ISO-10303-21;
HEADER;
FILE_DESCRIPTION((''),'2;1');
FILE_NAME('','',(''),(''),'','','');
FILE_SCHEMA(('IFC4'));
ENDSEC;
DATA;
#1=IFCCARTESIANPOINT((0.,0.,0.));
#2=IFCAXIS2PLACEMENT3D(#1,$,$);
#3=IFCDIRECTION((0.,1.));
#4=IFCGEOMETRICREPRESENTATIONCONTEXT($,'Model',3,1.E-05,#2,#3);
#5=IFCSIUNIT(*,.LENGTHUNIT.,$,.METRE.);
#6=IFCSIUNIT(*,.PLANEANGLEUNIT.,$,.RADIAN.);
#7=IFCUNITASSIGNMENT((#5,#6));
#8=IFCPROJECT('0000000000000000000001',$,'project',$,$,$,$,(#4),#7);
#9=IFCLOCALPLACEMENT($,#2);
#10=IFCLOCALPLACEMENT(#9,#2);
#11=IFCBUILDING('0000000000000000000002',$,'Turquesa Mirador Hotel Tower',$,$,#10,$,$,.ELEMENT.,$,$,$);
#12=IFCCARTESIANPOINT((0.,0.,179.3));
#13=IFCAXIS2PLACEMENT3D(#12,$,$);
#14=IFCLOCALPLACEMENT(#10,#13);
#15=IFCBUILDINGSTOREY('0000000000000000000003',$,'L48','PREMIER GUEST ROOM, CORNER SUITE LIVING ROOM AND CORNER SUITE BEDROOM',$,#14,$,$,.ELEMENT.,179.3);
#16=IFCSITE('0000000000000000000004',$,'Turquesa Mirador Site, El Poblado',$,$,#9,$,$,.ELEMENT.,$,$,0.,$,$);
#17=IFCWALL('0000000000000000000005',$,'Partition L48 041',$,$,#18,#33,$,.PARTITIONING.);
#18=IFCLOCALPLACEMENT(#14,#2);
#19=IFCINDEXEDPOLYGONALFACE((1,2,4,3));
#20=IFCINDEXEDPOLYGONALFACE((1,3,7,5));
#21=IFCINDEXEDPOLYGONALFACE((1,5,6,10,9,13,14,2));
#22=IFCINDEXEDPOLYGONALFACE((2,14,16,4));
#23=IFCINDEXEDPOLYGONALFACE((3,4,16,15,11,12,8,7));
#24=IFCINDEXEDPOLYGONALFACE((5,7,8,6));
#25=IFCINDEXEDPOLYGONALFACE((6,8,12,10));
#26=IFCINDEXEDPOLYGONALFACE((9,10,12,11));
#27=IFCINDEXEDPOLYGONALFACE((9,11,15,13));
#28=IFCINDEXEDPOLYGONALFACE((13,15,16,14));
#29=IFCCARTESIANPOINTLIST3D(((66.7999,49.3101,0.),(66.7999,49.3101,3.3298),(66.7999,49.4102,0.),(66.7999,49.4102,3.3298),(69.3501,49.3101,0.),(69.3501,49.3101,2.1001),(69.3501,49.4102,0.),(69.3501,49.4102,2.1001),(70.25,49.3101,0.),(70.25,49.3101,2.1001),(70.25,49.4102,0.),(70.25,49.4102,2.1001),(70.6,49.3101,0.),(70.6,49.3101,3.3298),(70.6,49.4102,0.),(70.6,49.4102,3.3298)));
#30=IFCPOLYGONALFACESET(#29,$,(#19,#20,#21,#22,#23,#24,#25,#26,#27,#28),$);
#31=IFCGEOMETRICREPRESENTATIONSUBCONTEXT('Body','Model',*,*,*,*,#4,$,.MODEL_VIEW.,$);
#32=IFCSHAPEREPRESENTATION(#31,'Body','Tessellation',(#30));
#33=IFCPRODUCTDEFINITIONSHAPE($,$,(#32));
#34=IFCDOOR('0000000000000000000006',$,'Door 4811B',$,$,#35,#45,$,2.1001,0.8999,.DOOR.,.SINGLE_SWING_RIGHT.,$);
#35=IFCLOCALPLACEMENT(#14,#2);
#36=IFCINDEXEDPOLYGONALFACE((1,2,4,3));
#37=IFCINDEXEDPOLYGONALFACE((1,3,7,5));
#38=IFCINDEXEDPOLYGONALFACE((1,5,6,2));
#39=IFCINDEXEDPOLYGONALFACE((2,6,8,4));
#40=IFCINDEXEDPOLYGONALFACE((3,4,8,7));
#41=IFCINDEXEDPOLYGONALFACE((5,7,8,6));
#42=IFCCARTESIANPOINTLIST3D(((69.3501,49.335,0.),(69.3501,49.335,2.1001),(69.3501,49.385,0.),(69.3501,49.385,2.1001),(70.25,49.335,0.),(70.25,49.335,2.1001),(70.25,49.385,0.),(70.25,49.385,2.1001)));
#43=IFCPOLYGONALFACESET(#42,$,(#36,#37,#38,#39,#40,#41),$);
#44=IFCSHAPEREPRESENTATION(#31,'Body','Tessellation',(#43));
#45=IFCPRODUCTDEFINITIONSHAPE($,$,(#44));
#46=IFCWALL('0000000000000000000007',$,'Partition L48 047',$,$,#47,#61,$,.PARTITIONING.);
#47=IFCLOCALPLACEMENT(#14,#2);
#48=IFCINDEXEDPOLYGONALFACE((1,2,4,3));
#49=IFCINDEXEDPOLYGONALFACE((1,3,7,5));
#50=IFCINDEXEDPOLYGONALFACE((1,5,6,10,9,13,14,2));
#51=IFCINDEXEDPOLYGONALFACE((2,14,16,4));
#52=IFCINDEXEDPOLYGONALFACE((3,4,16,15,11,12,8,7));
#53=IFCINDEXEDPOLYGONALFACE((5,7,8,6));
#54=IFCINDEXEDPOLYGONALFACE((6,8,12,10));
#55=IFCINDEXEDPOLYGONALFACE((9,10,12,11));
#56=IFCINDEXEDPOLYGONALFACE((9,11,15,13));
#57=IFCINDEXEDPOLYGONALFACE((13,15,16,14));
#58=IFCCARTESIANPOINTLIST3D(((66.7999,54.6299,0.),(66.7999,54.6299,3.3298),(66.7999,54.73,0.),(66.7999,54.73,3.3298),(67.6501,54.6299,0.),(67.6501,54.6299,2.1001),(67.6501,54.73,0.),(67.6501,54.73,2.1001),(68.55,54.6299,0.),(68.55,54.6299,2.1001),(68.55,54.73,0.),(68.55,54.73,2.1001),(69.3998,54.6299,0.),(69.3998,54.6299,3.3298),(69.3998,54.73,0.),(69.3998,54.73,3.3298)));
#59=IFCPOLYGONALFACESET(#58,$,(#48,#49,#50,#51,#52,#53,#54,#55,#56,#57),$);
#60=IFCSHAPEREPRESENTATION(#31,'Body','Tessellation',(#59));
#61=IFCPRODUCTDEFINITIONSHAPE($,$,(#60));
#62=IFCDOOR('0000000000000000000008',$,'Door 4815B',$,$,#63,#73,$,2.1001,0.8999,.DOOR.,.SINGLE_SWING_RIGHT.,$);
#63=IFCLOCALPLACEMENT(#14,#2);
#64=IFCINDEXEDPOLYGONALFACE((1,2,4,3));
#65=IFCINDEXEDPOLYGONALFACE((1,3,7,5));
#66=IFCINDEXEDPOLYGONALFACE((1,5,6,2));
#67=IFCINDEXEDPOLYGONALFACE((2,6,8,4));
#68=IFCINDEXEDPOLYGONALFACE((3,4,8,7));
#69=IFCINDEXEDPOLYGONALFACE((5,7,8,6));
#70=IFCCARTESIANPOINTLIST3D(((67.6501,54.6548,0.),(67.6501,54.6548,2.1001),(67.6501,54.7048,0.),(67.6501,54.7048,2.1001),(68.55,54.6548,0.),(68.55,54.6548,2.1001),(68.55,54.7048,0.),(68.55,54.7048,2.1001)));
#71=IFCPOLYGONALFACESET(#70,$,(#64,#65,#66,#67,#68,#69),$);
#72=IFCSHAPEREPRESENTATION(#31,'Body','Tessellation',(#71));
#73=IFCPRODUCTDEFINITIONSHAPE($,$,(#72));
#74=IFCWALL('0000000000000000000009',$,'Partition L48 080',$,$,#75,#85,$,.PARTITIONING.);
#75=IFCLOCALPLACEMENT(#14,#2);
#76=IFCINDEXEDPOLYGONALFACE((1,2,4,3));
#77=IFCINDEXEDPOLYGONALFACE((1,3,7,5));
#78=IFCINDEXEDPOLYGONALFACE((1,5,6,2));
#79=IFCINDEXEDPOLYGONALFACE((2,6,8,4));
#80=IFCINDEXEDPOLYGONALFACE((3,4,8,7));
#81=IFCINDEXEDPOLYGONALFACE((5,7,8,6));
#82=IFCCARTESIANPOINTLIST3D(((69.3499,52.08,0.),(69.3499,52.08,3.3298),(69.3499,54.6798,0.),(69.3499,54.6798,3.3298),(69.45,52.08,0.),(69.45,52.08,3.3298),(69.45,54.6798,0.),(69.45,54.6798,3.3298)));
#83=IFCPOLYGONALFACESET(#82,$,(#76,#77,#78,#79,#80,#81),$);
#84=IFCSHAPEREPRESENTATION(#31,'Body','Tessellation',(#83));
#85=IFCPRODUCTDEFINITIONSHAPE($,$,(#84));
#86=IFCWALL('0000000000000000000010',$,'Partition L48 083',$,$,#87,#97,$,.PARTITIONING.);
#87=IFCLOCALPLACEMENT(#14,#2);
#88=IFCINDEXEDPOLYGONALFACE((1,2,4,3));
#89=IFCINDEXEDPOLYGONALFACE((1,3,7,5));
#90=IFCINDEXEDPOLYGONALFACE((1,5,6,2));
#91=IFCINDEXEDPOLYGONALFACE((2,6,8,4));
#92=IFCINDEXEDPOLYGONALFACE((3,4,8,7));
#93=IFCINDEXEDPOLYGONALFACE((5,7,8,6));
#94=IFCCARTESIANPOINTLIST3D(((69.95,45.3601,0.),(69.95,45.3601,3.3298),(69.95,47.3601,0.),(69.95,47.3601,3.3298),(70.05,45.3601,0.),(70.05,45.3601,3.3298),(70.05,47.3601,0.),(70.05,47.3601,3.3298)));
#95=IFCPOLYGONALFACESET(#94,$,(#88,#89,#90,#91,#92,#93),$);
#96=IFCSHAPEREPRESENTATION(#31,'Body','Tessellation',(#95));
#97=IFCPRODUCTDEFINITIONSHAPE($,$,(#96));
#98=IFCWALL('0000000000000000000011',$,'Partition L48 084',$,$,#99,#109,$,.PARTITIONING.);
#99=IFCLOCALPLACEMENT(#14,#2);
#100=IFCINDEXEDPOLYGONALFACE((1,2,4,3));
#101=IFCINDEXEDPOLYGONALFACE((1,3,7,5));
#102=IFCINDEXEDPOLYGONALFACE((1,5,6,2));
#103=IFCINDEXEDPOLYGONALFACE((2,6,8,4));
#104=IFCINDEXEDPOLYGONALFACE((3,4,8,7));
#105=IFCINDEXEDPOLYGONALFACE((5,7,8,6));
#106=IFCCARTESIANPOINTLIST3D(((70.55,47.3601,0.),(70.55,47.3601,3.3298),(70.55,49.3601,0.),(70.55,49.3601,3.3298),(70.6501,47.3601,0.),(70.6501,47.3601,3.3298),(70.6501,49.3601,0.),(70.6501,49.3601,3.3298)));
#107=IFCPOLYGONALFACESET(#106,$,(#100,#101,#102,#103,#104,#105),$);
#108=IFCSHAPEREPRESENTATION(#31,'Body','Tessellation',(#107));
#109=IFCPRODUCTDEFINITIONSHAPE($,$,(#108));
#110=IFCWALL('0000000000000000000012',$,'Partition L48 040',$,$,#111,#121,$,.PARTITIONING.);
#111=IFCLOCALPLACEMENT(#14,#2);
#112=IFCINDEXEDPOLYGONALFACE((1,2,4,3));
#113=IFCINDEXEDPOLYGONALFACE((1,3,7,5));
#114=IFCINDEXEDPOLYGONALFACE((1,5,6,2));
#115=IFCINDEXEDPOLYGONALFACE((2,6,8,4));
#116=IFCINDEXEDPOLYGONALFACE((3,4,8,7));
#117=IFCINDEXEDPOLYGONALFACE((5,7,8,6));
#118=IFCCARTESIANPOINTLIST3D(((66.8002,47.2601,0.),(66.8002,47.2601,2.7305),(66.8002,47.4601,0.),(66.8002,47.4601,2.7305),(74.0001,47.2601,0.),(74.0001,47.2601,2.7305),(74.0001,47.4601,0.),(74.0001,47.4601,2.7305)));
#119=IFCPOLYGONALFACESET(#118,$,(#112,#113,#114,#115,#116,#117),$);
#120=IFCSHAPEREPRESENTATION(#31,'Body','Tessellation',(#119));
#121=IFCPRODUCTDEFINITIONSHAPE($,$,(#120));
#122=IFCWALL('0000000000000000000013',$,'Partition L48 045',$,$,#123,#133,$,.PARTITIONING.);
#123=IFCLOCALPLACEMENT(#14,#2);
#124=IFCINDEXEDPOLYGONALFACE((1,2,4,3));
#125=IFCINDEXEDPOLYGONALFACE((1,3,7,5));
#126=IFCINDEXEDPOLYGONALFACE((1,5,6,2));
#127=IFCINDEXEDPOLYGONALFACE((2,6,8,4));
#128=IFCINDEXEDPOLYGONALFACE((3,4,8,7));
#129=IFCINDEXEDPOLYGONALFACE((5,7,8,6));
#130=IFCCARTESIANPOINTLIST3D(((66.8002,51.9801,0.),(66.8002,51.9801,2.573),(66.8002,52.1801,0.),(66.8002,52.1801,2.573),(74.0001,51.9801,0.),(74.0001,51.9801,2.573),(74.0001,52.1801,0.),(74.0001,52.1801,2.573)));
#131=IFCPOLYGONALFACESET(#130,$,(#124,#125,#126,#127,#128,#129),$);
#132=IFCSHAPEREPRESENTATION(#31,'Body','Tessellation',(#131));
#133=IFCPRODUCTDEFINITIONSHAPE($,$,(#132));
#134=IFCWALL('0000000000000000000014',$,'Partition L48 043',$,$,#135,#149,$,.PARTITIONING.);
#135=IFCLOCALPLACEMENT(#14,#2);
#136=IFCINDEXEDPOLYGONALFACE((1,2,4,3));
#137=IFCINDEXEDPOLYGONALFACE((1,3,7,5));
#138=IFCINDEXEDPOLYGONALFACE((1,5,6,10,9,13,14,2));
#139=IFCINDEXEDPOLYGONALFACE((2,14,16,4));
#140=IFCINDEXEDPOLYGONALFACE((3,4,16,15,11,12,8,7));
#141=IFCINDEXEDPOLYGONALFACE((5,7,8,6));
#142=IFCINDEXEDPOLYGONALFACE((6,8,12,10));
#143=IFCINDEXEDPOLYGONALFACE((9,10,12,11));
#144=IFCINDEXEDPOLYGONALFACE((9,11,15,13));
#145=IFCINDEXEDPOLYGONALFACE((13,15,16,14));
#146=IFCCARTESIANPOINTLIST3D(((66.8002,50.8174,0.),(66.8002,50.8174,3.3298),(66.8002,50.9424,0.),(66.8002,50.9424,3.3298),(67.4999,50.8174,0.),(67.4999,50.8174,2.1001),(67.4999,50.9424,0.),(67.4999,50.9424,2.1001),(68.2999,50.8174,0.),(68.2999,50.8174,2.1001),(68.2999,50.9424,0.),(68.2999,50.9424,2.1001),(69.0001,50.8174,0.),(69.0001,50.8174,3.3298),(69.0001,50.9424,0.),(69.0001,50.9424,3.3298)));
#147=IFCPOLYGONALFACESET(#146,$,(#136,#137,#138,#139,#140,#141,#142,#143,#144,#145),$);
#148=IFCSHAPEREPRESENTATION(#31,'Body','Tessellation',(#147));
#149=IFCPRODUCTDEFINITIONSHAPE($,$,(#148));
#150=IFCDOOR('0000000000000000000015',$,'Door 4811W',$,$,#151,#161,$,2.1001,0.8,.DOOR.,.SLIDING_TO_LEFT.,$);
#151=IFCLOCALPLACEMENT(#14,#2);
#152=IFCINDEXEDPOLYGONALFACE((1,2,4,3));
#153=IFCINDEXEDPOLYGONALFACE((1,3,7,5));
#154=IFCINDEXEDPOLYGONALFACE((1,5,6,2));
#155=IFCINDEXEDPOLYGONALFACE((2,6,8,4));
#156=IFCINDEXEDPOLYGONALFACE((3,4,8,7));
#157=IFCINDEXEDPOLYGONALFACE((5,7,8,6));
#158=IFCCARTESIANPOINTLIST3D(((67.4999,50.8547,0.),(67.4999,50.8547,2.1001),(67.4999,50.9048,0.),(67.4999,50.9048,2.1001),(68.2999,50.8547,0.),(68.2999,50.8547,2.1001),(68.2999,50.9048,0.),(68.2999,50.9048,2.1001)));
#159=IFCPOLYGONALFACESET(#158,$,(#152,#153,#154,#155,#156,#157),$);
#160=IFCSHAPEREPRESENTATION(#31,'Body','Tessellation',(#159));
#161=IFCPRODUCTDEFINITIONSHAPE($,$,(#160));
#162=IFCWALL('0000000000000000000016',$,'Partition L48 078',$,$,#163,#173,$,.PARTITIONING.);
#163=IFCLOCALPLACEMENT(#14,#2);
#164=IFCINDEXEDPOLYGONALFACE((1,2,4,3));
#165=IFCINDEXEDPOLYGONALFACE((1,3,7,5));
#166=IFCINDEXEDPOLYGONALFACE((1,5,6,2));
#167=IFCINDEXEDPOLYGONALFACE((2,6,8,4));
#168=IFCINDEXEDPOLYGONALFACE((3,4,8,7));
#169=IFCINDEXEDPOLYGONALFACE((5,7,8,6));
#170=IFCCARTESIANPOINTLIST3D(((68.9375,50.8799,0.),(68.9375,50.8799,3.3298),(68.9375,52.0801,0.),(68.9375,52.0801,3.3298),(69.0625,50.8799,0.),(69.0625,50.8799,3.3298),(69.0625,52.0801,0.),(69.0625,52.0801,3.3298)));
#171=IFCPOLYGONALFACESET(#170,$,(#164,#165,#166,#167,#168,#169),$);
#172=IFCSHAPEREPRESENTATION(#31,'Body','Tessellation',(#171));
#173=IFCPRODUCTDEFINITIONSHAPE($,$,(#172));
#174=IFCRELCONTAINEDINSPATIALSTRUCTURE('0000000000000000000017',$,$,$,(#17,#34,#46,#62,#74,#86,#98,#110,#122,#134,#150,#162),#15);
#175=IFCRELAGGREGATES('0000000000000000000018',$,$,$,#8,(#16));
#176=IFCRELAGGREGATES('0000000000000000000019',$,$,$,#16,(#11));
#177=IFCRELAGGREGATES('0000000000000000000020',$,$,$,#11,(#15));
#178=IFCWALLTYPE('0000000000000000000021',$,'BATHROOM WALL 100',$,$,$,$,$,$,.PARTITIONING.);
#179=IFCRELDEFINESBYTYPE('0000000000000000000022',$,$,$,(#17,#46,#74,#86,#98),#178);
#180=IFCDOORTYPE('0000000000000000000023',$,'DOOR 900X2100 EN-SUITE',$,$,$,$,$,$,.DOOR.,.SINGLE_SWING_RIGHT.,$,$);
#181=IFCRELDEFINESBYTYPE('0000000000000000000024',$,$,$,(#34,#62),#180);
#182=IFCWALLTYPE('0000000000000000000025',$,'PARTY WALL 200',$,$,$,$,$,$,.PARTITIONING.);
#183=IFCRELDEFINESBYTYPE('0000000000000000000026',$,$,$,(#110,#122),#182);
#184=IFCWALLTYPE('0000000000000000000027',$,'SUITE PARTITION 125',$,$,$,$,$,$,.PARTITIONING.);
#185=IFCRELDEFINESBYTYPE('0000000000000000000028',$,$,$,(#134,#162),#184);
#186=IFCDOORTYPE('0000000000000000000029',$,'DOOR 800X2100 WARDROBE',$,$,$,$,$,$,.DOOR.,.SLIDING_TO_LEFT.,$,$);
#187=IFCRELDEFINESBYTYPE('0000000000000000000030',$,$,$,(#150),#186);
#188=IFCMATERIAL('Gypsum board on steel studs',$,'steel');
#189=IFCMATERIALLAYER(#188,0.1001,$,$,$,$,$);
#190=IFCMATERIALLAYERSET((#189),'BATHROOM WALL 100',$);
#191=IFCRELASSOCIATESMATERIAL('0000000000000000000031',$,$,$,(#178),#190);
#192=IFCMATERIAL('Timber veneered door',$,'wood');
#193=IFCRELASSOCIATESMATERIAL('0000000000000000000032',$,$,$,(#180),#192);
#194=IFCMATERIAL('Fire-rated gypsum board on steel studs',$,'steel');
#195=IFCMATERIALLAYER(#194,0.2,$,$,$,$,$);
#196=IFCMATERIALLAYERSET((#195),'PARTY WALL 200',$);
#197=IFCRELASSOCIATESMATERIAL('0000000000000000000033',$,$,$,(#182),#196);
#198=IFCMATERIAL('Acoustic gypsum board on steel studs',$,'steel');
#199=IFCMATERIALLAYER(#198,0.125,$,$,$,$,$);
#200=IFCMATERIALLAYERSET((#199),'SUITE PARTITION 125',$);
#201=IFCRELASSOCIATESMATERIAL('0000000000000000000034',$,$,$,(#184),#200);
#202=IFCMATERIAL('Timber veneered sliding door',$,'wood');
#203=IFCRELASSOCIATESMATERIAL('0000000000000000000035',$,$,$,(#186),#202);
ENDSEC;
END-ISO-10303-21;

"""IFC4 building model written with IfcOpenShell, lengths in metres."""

from ifc_helpers import new_model, si_unit, direction, frame, frame_2d, origin, place, context, subcontext, project, spatial, rectangle, extrude, material, layer, layer_set, type_object, element, fill, save


model = new_model("IFC4")

# Units and contexts
model_context = context("Model", 3, precision=1e-05, world=origin(), true_north=direction((0.0, 1.0)))
body_context = subcontext(model_context, "Body", "Model", "MODEL_VIEW")
ifc_project = project(units=[si_unit("LENGTHUNIT", "METRE"), si_unit("PLANEANGLEUNIT", "RADIAN")], contexts=[model_context])

# Site, building, storey
site_placement = place(None, origin())
site = spatial("IfcSite", under=ifc_project, at=site_placement, Name="Turquesa Mirador Site, El Poblado", CompositionType="ELEMENT", RefElevation=0.0)
building_placement = place(site_placement, origin())
building = spatial("IfcBuilding", under=site, at=building_placement, Name="Turquesa Mirador Hotel Tower", CompositionType="ELEMENT")
storey_placement = place(building_placement, frame((0.0, 0.0, 179.3)))
storey = spatial("IfcBuildingStorey", under=building, at=storey_placement, Name="L48", Description="PREMIER GUEST ROOM, CORNER SUITE LIVING ROOM AND CORNER SUITE BEDROOM", CompositionType="ELEMENT", Elevation=179.3)

# Walls, openings, doors
ifc_material_1 = material(Name="Gypsum board on steel studs", Category="steel")
ifc_layer_1 = layer(ifc_material_1, 0.1001)
ifc_layer_set_1 = layer_set([ifc_layer_1], Name="BATHROOM WALL 100")
wall_type_1 = type_object("IfcWallType", Name="BATHROOM WALL 100", PredefinedType="PARTITIONING", material=ifc_layer_set_1)
wall_1_placement = place(storey_placement, frame((66.8, 49.3601, 0.0), z_axis=(0.0, 0.0, 1.0), x_axis=(1.0, 0.0, 0.0)))
wall_1 = element("IfcWall", 1, at=wall_1_placement, inside=storey, type_object=wall_type_1, Name="Partition L48 041", PredefinedType="PARTITIONING", context=body_context, shape_type="SweptSolid", body=[
    extrude(rectangle(XDim=3.8, YDim=0.1001, at=frame_2d((1.8999, 0.0))), origin(), (0.0, 0.0, 1.0), 3.3298),
])
opening_1_placement = place(wall_1_placement, frame((2.55, 0.0, 0.0)))
opening_1 = element("IfcOpeningElement", 2, at=opening_1_placement, cuts=wall_1, PredefinedType="OPENING", context=body_context, shape_type="SweptSolid", body=[
    extrude(rectangle(XDim=0.8999, YDim=2.1001, at=frame_2d((0.45, 1.05))), frame((0.0, 0.0601, 0.0), z_axis=(0.0, -1.0, 0.0), x_axis=(1.0, 0.0, 0.0)), (0.0, 0.0, 1.0), 0.1201),
])
ifc_material_2 = material(Name="Timber veneered door", Category="wood")
door_type_1 = type_object("IfcDoorType", Name="DOOR 900X2100 EN-SUITE", OperationType="SINGLE_SWING_RIGHT", PredefinedType="DOOR", material=ifc_material_2)
door_1_placement = place(opening_1_placement, origin())
door_1 = element("IfcDoor", 3, at=door_1_placement, inside=storey, type_object=door_type_1, Name="Door 4811B", OperationType="SINGLE_SWING_RIGHT", OverallHeight=2.1001, OverallWidth=0.8999, PredefinedType="DOOR", context=body_context, shape_type="SweptSolid", body=[
    extrude(rectangle(XDim=0.8999, YDim=2.1001, at=frame_2d((0.45, 1.05))), frame((0.0, 0.0249, 0.0), z_axis=(0.0, -1.0, 0.0), x_axis=(1.0, 0.0, 0.0)), (0.0, 0.0, 1.0), 0.05),
])
fill(opening_1, door_1)
wall_2_placement = place(storey_placement, frame((66.8, 54.6799, 0.0), z_axis=(0.0, 0.0, 1.0), x_axis=(1.0, 0.0, 0.0)))
wall_2 = element("IfcWall", 4, at=wall_2_placement, inside=storey, type_object=wall_type_1, Name="Partition L48 047", PredefinedType="PARTITIONING", context=body_context, shape_type="SweptSolid", body=[
    extrude(rectangle(XDim=2.5999, YDim=0.1001, at=frame_2d((1.2998, 0.0))), origin(), (0.0, 0.0, 1.0), 3.3298),
])
opening_2_placement = place(wall_2_placement, frame((0.8501, 0.0, 0.0)))
opening_2 = element("IfcOpeningElement", 5, at=opening_2_placement, cuts=wall_2, PredefinedType="OPENING", context=body_context, shape_type="SweptSolid", body=[
    extrude(rectangle(XDim=0.8999, YDim=2.1001, at=frame_2d((0.45, 1.05))), frame((0.0, 0.0601, 0.0), z_axis=(0.0, -1.0, 0.0), x_axis=(1.0, 0.0, 0.0)), (0.0, 0.0, 1.0), 0.1201),
])
door_2_placement = place(opening_2_placement, origin())
door_2 = element("IfcDoor", 6, at=door_2_placement, inside=storey, type_object=door_type_1, Name="Door 4815B", OperationType="SINGLE_SWING_RIGHT", OverallHeight=2.1001, OverallWidth=0.8999, PredefinedType="DOOR", context=body_context, shape_type="SweptSolid", body=[
    extrude(rectangle(XDim=0.8999, YDim=2.1001, at=frame_2d((0.45, 1.05))), frame((0.0, 0.0249, 0.0), z_axis=(0.0, -1.0, 0.0), x_axis=(1.0, 0.0, 0.0)), (0.0, 0.0, 1.0), 0.05),
])
fill(opening_2, door_2)

# Walls
wall_3_placement = place(storey_placement, frame((69.3999, 52.0801, 0.0), z_axis=(0.0, 0.0, 1.0), x_axis=(0.0, 1.0, 0.0)))
element("IfcWall", 7, at=wall_3_placement, inside=storey, type_object=wall_type_1, Name="Partition L48 080", PredefinedType="PARTITIONING", context=body_context, shape_type="SweptSolid", body=[
    extrude(rectangle(XDim=2.5999, YDim=0.1001, at=frame_2d((1.2998, 0.0))), origin(), (0.0, 0.0, 1.0), 3.3298),
])
for number, where, z_axis, x_axis, name in (
    (8, (70.0, 45.3601, 0.0), (0.0, 0.0, 1.0), (0.0, 1.0, 0.0), "Partition L48 083"),
    (9, (70.6001, 47.3601, 0.0), (0.0, 0.0, 1.0), (0.0, 1.0, 0.0), "Partition L48 084"),
):
    element("IfcWall", number, at=place(storey_placement, frame(where, z_axis=z_axis, x_axis=x_axis)), inside=storey, type_object=wall_type_1, Name=name, PredefinedType="PARTITIONING", context=body_context, shape_type="SweptSolid", body=[
        extrude(rectangle(XDim=2.0, YDim=0.1001, at=frame_2d((1.0, 0.0))), origin(), (0.0, 0.0, 1.0), 3.3298),
    ])
ifc_material_3 = material(Name="Fire-rated gypsum board on steel studs", Category="steel")
ifc_layer_2 = layer(ifc_material_3, 0.2)
ifc_layer_set_2 = layer_set([ifc_layer_2], Name="PARTY WALL 200")
wall_type_2 = type_object("IfcWallType", Name="PARTY WALL 200", PredefinedType="PARTITIONING", material=ifc_layer_set_2)
wall_4_placement = place(storey_placement, frame((66.8, 47.3601, 0.0), z_axis=(0.0, 0.0, 1.0), x_axis=(1.0, 0.0, 0.0)))
element("IfcWall", 10, at=wall_4_placement, inside=storey, type_object=wall_type_2, Name="Partition L48 040", PredefinedType="PARTITIONING", context=body_context, shape_type="SweptSolid", body=[
    extrude(rectangle(XDim=7.2, YDim=0.2, at=frame_2d((3.6001, 0.0))), origin(), (0.0, 0.0, 1.0), 2.7305),
])
wall_5_placement = place(storey_placement, frame((66.8, 52.0801, 0.0), z_axis=(0.0, 0.0, 1.0), x_axis=(1.0, 0.0, 0.0)))
element("IfcWall", 11, at=wall_5_placement, inside=storey, type_object=wall_type_2, Name="Partition L48 045", PredefinedType="PARTITIONING", context=body_context, shape_type="SweptSolid", body=[
    extrude(rectangle(XDim=7.2, YDim=0.2, at=frame_2d((3.6001, 0.0))), origin(), (0.0, 0.0, 1.0), 2.573),
])

# Wall, opening, door
ifc_material_4 = material(Name="Acoustic gypsum board on steel studs", Category="steel")
ifc_layer_3 = layer(ifc_material_4, 0.125)
ifc_layer_set_3 = layer_set([ifc_layer_3], Name="SUITE PARTITION 125")
wall_type_3 = type_object("IfcWallType", Name="SUITE PARTITION 125", PredefinedType="PARTITIONING", material=ifc_layer_set_3)
wall_6_placement = place(storey_placement, frame((66.8, 50.8799, 0.0), z_axis=(0.0, 0.0, 1.0), x_axis=(1.0, 0.0, 0.0)))
wall_6 = element("IfcWall", 12, at=wall_6_placement, inside=storey, type_object=wall_type_3, Name="Partition L48 043", PredefinedType="PARTITIONING", context=body_context, shape_type="SweptSolid", body=[
    extrude(rectangle(XDim=2.2, YDim=0.125, at=frame_2d((1.1001, 0.0))), origin(), (0.0, 0.0, 1.0), 3.3298),
])
opening_3_placement = place(wall_6_placement, frame((0.7, 0.0, 0.0)))
opening_3 = element("IfcOpeningElement", 13, at=opening_3_placement, cuts=wall_6, PredefinedType="OPENING", context=body_context, shape_type="SweptSolid", body=[
    extrude(rectangle(XDim=0.8, YDim=2.1001, at=frame_2d((0.3999, 1.05))), frame((0.0, 0.0725, 0.0), z_axis=(0.0, -1.0, 0.0), x_axis=(1.0, 0.0, 0.0)), (0.0, 0.0, 1.0), 0.145),
])
ifc_material_5 = material(Name="Timber veneered sliding door", Category="wood")
door_type_2 = type_object("IfcDoorType", Name="DOOR 800X2100 WARDROBE", OperationType="SLIDING_TO_LEFT", PredefinedType="DOOR", material=ifc_material_5)
door_3_placement = place(opening_3_placement, origin())
door_3 = element("IfcDoor", 14, at=door_3_placement, inside=storey, type_object=door_type_2, Name="Door 4811W", OperationType="SLIDING_TO_LEFT", OverallHeight=2.1001, OverallWidth=0.8, PredefinedType="DOOR", context=body_context, shape_type="SweptSolid", body=[
    extrude(rectangle(XDim=0.8, YDim=2.1001, at=frame_2d((0.3999, 1.05))), frame((0.0, 0.0249, 0.0), z_axis=(0.0, -1.0, 0.0), x_axis=(1.0, 0.0, 0.0)), (0.0, 0.0, 1.0), 0.05),
])
fill(opening_3, door_3)

# Wall
wall_7_placement = place(storey_placement, frame((69.0, 50.8799, 0.0), z_axis=(0.0, 0.0, 1.0), x_axis=(0.0, 1.0, 0.0)))
element("IfcWall", 15, at=wall_7_placement, inside=storey, type_object=wall_type_3, Name="Partition L48 078", PredefinedType="PARTITIONING", context=body_context, shape_type="SweptSolid", body=[
    extrude(rectangle(XDim=1.2002, YDim=0.125, at=frame_2d((0.6001, 0.0))), origin(), (0.0, 0.0, 1.0), 3.3298),
])

save(model, "model.ifc")
